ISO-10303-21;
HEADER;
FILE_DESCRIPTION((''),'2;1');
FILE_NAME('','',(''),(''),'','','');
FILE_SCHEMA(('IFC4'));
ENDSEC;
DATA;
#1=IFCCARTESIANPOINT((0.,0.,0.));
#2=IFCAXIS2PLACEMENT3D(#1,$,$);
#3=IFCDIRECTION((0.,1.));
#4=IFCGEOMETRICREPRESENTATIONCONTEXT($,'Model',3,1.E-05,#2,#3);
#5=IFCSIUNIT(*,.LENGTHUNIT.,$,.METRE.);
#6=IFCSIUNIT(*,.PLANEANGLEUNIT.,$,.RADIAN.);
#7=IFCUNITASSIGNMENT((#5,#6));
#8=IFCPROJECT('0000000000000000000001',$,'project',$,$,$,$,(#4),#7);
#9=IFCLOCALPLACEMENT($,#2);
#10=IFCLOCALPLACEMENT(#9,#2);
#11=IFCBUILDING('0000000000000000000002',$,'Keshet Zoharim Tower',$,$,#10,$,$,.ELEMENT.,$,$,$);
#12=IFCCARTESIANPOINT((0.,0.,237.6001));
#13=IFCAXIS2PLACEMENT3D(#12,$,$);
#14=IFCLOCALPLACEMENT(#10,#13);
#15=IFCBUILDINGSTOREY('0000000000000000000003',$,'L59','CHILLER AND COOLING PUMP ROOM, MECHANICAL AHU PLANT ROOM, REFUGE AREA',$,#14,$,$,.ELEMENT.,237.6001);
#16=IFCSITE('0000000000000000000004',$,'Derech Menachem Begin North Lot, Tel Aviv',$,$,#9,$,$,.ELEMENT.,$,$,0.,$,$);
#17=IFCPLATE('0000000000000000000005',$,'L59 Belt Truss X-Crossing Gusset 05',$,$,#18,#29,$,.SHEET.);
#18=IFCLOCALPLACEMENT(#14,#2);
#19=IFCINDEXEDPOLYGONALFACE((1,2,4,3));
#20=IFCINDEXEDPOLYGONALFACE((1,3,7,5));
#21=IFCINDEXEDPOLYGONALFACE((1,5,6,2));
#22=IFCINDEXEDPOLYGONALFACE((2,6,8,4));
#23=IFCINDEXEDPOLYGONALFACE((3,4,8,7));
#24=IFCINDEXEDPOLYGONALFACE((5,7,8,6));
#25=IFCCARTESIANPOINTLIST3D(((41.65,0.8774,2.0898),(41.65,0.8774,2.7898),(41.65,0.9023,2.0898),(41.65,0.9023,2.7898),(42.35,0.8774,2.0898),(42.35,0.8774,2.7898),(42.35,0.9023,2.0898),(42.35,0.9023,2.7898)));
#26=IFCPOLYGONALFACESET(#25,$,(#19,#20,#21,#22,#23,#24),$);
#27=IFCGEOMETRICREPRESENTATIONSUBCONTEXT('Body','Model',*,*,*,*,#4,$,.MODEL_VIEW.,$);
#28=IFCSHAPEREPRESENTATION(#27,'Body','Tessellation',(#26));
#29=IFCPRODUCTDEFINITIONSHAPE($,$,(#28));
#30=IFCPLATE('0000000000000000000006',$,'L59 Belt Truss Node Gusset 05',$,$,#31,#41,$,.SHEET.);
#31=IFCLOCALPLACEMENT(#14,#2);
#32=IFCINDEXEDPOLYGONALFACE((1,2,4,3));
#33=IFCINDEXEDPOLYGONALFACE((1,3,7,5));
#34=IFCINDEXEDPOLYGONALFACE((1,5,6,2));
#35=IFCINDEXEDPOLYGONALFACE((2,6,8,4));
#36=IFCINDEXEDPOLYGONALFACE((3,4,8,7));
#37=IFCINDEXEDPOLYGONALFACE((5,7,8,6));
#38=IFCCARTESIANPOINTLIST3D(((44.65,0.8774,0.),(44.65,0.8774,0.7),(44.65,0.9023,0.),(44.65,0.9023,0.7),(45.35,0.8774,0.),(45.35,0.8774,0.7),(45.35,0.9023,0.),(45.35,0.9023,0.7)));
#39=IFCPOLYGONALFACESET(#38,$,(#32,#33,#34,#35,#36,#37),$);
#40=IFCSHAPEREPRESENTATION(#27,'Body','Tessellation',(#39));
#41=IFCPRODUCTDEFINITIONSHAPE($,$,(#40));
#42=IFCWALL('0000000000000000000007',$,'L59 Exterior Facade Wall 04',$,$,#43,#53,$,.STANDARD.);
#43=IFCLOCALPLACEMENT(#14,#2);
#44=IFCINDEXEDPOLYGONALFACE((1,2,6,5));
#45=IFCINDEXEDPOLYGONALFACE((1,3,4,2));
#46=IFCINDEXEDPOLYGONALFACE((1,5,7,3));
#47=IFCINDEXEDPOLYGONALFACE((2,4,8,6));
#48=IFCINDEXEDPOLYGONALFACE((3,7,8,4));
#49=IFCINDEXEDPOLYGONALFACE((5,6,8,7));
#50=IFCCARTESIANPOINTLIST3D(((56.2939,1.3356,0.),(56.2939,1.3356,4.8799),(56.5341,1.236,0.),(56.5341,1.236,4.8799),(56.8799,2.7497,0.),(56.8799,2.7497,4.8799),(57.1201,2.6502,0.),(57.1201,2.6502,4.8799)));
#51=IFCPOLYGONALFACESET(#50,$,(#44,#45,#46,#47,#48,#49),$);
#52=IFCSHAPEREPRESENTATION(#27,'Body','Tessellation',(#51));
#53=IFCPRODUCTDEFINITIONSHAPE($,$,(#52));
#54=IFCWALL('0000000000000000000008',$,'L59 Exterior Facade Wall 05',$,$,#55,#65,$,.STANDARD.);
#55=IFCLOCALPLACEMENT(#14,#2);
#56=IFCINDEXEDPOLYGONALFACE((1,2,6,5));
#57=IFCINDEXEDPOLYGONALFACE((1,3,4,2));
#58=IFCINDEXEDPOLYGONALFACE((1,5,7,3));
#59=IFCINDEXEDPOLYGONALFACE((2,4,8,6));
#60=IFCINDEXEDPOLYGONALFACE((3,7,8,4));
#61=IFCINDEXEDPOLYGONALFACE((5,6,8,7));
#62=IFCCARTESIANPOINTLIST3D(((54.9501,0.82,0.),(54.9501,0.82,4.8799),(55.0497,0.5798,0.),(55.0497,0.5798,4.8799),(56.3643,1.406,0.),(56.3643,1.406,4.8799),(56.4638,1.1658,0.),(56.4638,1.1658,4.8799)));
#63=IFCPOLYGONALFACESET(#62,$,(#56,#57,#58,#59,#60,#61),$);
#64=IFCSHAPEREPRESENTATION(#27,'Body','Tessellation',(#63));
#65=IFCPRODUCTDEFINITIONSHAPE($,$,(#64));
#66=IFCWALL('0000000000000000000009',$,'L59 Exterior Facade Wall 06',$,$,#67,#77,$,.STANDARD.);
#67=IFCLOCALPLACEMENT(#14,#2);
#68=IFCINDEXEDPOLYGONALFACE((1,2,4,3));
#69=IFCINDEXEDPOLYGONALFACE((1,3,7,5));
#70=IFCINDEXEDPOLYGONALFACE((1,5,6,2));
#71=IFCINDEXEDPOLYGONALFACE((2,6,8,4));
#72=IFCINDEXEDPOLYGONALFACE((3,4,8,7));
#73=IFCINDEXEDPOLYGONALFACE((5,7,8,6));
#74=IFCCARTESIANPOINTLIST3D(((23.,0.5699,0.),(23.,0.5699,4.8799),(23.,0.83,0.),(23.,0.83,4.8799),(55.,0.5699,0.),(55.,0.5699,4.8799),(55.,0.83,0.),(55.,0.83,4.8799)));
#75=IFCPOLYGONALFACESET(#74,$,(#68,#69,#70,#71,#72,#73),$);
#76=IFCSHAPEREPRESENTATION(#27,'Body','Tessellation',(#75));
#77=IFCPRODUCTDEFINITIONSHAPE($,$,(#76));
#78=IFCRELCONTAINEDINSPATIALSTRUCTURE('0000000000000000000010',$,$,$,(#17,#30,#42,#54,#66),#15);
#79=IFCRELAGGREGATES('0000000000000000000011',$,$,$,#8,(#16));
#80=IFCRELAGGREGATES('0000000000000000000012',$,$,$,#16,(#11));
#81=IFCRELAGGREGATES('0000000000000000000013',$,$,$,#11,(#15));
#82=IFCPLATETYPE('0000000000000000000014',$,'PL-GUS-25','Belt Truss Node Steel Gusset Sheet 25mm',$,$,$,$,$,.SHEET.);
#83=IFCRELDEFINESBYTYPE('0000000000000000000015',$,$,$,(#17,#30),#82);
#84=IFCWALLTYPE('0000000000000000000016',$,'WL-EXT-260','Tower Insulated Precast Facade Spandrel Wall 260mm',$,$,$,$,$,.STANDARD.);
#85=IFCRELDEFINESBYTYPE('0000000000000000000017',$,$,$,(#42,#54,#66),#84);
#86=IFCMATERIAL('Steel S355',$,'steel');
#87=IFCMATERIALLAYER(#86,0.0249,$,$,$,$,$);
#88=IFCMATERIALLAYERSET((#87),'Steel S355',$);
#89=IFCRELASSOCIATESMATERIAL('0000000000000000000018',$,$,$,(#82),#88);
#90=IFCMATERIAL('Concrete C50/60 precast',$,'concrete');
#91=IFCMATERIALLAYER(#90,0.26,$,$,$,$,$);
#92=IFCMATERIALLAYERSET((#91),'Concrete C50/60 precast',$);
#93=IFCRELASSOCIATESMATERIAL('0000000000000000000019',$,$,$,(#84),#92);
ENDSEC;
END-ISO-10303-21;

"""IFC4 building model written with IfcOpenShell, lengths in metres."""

from ifc_helpers import new_model, si_unit, direction, frame, frame_2d, origin, origin_2d, place, context, subcontext, project, spatial, rectangle, extrude, material, layer, layer_set, type_object, element, save


model = new_model("IFC4")

# Units and contexts
model_context = context("Model", 3, precision=1e-05, world=origin(), true_north=direction((0.0, 1.0)))
body_context = subcontext(model_context, "Body", "Model", "MODEL_VIEW")
ifc_project = project(units=[si_unit("LENGTHUNIT", "METRE"), si_unit("PLANEANGLEUNIT", "RADIAN")], contexts=[model_context])

# Site, building, storey
site_placement = place(None, origin())
site = spatial("IfcSite", under=ifc_project, at=site_placement, Name="Derech Menachem Begin North Lot, Tel Aviv", CompositionType="ELEMENT", RefElevation=0.0)
building_placement = place(site_placement, origin())
building = spatial("IfcBuilding", under=site, at=building_placement, Name="Keshet Zoharim Tower", CompositionType="ELEMENT")
storey_placement = place(building_placement, frame((0.0, 0.0, 237.6001)))
storey = spatial("IfcBuildingStorey", under=building, at=storey_placement, Name="L59", Description="CHILLER AND COOLING PUMP ROOM, MECHANICAL AHU PLANT ROOM, REFUGE AREA", CompositionType="ELEMENT", Elevation=237.6001)

# Shared definitions
ifc_material_1 = material(Name="Steel S355", Category="steel")

# Plates
ifc_layer_1 = layer(ifc_material_1, 0.0249)
ifc_layer_set_1 = layer_set([ifc_layer_1], Name="Steel S355")
plate_type = type_object("IfcPlateType", Name="PL-GUS-25", Description="Belt Truss Node Steel Gusset Sheet 25mm", PredefinedType="SHEET", material=ifc_layer_set_1)
for number, where, z_axis, x_axis, name in (
    (1, (42.0, 0.8899, 2.0898), (0.0, 0.0, 1.0), (-1.0, 0.0, 0.0), "L59 Belt Truss X-Crossing Gusset 05"),
    (2, (45.0, 0.8899, 0.0), (0.0, 0.0, 1.0), (-1.0, 0.0, 0.0), "L59 Belt Truss Node Gusset 05"),
):
    element("IfcPlate", number, at=place(storey_placement, frame(where, z_axis=z_axis, x_axis=x_axis)), inside=storey, type_object=plate_type, Name=name, PredefinedType="SHEET", context=body_context, shape_type="SweptSolid", body=[
        extrude(rectangle(XDim=0.7, YDim=0.0249, at=origin_2d()), origin(), (0.0, 0.0, 1.0), 0.7),
    ])

# Walls
ifc_material_2 = material(Name="Concrete C50/60 precast", Category="concrete")
ifc_layer_2 = layer(ifc_material_2, 0.26)
ifc_layer_set_2 = layer_set([ifc_layer_2], Name="Concrete C50/60 precast")
wall_type = type_object("IfcWallType", Name="WL-EXT-260", Description="Tower Insulated Precast Facade Spandrel Wall 260mm", PredefinedType="STANDARD", material=ifc_layer_set_2)
for number, where, z_axis, x_axis, name in (
    (3, (57.0, 2.7, 0.0), (0.0, 0.0, 1.0), (-0.382803, -0.92383, 0.0), "L59 Exterior Facade Wall 04"),
    (4, (56.4141, 1.2859, 0.0), (0.0, 0.0, 1.0), (-0.92383, -0.382803, 0.0), "L59 Exterior Facade Wall 05"),
):
    element("IfcWall", number, at=place(storey_placement, frame(where, z_axis=z_axis, x_axis=x_axis)), inside=storey, type_object=wall_type, Name=name, PredefinedType="STANDARD", context=body_context, shape_type="SweptSolid", body=[
        extrude(rectangle(XDim=1.5308, YDim=0.26, at=frame_2d((0.7654, 0.0))), origin(), (0.0, 0.0, 1.0), 4.8799),
    ])
wall_placement = place(storey_placement, frame((55.0, 0.7, 0.0), z_axis=(0.0, 0.0, 1.0), x_axis=(-1.0, 0.0, 0.0)))
element("IfcWall", 5, at=wall_placement, inside=storey, type_object=wall_type, Name="L59 Exterior Facade Wall 06", PredefinedType="STANDARD", context=body_context, shape_type="SweptSolid", body=[
    extrude(rectangle(XDim=32.0, YDim=0.26, at=frame_2d((16.0, 0.0))), origin(), (0.0, 0.0, 1.0), 4.8799),
])

save(model, "model.ifc")
